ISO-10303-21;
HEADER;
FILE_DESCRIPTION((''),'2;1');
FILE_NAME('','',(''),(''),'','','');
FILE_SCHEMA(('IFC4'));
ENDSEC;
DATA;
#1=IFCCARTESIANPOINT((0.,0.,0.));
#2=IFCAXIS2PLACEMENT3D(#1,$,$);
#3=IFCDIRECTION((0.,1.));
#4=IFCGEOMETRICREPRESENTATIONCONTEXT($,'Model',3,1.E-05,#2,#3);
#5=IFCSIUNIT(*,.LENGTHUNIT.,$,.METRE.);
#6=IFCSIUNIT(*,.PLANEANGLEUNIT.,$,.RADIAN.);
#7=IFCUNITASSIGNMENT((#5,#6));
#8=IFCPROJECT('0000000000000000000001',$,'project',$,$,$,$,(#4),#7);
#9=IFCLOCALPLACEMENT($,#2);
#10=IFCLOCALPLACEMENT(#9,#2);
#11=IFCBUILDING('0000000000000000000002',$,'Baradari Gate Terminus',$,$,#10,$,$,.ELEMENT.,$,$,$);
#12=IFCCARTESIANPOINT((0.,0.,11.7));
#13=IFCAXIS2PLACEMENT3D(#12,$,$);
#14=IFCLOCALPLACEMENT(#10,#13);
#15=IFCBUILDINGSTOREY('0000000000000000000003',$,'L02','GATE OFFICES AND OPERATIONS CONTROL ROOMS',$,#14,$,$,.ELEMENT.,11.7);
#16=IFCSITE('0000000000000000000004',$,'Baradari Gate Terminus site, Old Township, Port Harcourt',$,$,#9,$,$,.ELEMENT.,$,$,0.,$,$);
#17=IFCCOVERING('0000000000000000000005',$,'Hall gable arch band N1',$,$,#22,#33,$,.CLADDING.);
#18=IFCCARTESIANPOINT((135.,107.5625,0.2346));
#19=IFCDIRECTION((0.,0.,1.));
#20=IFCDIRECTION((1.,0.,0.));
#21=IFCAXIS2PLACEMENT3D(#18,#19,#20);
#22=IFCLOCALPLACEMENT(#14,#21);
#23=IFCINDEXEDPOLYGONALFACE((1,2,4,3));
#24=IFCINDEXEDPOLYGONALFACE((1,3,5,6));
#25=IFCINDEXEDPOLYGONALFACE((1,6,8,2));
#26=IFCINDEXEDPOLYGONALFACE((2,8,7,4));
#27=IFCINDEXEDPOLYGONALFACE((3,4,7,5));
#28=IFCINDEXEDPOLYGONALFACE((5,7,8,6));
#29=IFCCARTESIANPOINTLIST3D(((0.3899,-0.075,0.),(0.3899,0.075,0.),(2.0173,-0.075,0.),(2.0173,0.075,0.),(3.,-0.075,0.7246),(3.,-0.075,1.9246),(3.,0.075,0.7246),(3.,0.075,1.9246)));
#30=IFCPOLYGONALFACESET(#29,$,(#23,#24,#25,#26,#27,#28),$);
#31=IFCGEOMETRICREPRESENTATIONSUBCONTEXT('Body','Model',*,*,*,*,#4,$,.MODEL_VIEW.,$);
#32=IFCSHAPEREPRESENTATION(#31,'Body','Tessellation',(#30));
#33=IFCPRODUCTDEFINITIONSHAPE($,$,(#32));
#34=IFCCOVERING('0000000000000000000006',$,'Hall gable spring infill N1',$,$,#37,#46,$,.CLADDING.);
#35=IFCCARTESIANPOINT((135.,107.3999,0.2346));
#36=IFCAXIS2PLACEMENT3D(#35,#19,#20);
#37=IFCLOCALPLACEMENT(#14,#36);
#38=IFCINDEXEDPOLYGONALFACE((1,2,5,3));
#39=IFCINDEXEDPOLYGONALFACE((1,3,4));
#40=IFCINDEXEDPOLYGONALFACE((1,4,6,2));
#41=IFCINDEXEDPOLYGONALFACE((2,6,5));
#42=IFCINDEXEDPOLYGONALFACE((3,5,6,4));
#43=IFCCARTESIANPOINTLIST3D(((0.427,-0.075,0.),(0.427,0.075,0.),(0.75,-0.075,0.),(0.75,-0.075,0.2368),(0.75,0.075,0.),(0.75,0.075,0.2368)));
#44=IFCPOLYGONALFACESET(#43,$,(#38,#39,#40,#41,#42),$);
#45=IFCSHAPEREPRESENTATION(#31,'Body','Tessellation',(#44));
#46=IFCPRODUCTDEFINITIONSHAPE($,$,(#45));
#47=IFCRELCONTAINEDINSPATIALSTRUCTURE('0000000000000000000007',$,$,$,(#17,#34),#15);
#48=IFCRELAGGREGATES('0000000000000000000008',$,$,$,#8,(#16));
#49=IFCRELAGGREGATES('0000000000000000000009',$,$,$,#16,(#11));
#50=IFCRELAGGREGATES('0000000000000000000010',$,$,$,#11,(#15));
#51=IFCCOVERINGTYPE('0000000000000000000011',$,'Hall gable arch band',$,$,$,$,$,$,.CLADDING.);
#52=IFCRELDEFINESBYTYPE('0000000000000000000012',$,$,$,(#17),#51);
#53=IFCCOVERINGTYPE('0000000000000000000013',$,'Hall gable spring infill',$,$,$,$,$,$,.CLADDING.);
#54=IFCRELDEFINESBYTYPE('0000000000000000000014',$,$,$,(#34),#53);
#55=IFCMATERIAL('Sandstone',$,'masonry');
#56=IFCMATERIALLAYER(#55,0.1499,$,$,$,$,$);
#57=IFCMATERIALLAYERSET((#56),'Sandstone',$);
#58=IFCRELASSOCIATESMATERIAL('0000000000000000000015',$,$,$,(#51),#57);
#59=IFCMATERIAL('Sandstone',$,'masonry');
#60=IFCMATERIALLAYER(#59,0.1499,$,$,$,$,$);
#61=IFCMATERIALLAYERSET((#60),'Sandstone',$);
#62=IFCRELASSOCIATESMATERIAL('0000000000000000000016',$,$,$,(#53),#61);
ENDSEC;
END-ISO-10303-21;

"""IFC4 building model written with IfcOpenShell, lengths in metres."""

from ifc_helpers import new_model, si_unit, direction, frame, origin, place, context, subcontext, project, spatial, polyline, outline, extrude, material, layer, layer_set, type_object, element, save


model = new_model("IFC4")

# Units and contexts
model_context = context("Model", 3, precision=1e-05, world=origin(), true_north=direction((0.0, 1.0)))
body_context = subcontext(model_context, "Body", "Model", "MODEL_VIEW")
ifc_project = project(units=[si_unit("LENGTHUNIT", "METRE"), si_unit("PLANEANGLEUNIT", "RADIAN")], contexts=[model_context])

# Site, building, storey
site_placement = place(None, origin())
site = spatial("IfcSite", under=ifc_project, at=site_placement, Name="Baradari Gate Terminus site, Old Township, Port Harcourt", CompositionType="ELEMENT", RefElevation=0.0)
building_placement = place(site_placement, origin())
building = spatial("IfcBuilding", under=site, at=building_placement, Name="Baradari Gate Terminus", CompositionType="ELEMENT")
storey_placement = place(building_placement, frame((0.0, 0.0, 11.7)))
storey = spatial("IfcBuildingStorey", under=building, at=storey_placement, Name="L02", Description="GATE OFFICES AND OPERATIONS CONTROL ROOMS", CompositionType="ELEMENT", Elevation=11.7)

# Coverings
ifc_material_1 = material(Name="Sandstone", Category="masonry")
ifc_layer_1 = layer(ifc_material_1, 0.1499)
ifc_layer_set_1 = layer_set([ifc_layer_1], Name="Sandstone")
covering_type_1 = type_object("IfcCoveringType", Name="Hall gable arch band", PredefinedType="CLADDING", material=ifc_layer_set_1)
covering_1_placement = place(storey_placement, frame((135.0, 107.5625, 0.2346), z_axis=(0.0, 0.0, 1.0), x_axis=(1.0, 0.0, 0.0)))
element("IfcCovering", 1, at=covering_1_placement, inside=storey, type_object=covering_type_1, Name="Hall gable arch band N1", PredefinedType="CLADDING", context=body_context, shape_type="SweptSolid", body=[
    extrude(outline(polyline([(0.3899, 0.0), (2.0173, 0.0), (3.0, 0.7246), (3.0, 1.9246), (0.3899, 0.0)])), frame((0.0, 0.075, 0.0), z_axis=(0.0, -1.0, 0.0), x_axis=(1.0, 0.0, 0.0)), (0.0, 0.0, 1.0), 0.1499),
])
ifc_material_2 = material(Name="Sandstone", Category="masonry")
ifc_layer_2 = layer(ifc_material_2, 0.1499)
ifc_layer_set_2 = layer_set([ifc_layer_2], Name="Sandstone")
covering_type_2 = type_object("IfcCoveringType", Name="Hall gable spring infill", PredefinedType="CLADDING", material=ifc_layer_set_2)
covering_2_placement = place(storey_placement, frame((135.0, 107.3999, 0.2346), z_axis=(0.0, 0.0, 1.0), x_axis=(1.0, 0.0, 0.0)))
element("IfcCovering", 2, at=covering_2_placement, inside=storey, type_object=covering_type_2, Name="Hall gable spring infill N1", PredefinedType="CLADDING", context=body_context, shape_type="SweptSolid", body=[
    extrude(outline(polyline([(0.427, 0.0), (0.75, 0.0), (0.75, 0.2368), (0.427, 0.0)])), frame((0.0, 0.075, 0.0), z_axis=(0.0, -1.0, 0.0), x_axis=(1.0, 0.0, 0.0)), (0.0, 0.0, 1.0), 0.1499),
])

save(model, "model.ifc")
